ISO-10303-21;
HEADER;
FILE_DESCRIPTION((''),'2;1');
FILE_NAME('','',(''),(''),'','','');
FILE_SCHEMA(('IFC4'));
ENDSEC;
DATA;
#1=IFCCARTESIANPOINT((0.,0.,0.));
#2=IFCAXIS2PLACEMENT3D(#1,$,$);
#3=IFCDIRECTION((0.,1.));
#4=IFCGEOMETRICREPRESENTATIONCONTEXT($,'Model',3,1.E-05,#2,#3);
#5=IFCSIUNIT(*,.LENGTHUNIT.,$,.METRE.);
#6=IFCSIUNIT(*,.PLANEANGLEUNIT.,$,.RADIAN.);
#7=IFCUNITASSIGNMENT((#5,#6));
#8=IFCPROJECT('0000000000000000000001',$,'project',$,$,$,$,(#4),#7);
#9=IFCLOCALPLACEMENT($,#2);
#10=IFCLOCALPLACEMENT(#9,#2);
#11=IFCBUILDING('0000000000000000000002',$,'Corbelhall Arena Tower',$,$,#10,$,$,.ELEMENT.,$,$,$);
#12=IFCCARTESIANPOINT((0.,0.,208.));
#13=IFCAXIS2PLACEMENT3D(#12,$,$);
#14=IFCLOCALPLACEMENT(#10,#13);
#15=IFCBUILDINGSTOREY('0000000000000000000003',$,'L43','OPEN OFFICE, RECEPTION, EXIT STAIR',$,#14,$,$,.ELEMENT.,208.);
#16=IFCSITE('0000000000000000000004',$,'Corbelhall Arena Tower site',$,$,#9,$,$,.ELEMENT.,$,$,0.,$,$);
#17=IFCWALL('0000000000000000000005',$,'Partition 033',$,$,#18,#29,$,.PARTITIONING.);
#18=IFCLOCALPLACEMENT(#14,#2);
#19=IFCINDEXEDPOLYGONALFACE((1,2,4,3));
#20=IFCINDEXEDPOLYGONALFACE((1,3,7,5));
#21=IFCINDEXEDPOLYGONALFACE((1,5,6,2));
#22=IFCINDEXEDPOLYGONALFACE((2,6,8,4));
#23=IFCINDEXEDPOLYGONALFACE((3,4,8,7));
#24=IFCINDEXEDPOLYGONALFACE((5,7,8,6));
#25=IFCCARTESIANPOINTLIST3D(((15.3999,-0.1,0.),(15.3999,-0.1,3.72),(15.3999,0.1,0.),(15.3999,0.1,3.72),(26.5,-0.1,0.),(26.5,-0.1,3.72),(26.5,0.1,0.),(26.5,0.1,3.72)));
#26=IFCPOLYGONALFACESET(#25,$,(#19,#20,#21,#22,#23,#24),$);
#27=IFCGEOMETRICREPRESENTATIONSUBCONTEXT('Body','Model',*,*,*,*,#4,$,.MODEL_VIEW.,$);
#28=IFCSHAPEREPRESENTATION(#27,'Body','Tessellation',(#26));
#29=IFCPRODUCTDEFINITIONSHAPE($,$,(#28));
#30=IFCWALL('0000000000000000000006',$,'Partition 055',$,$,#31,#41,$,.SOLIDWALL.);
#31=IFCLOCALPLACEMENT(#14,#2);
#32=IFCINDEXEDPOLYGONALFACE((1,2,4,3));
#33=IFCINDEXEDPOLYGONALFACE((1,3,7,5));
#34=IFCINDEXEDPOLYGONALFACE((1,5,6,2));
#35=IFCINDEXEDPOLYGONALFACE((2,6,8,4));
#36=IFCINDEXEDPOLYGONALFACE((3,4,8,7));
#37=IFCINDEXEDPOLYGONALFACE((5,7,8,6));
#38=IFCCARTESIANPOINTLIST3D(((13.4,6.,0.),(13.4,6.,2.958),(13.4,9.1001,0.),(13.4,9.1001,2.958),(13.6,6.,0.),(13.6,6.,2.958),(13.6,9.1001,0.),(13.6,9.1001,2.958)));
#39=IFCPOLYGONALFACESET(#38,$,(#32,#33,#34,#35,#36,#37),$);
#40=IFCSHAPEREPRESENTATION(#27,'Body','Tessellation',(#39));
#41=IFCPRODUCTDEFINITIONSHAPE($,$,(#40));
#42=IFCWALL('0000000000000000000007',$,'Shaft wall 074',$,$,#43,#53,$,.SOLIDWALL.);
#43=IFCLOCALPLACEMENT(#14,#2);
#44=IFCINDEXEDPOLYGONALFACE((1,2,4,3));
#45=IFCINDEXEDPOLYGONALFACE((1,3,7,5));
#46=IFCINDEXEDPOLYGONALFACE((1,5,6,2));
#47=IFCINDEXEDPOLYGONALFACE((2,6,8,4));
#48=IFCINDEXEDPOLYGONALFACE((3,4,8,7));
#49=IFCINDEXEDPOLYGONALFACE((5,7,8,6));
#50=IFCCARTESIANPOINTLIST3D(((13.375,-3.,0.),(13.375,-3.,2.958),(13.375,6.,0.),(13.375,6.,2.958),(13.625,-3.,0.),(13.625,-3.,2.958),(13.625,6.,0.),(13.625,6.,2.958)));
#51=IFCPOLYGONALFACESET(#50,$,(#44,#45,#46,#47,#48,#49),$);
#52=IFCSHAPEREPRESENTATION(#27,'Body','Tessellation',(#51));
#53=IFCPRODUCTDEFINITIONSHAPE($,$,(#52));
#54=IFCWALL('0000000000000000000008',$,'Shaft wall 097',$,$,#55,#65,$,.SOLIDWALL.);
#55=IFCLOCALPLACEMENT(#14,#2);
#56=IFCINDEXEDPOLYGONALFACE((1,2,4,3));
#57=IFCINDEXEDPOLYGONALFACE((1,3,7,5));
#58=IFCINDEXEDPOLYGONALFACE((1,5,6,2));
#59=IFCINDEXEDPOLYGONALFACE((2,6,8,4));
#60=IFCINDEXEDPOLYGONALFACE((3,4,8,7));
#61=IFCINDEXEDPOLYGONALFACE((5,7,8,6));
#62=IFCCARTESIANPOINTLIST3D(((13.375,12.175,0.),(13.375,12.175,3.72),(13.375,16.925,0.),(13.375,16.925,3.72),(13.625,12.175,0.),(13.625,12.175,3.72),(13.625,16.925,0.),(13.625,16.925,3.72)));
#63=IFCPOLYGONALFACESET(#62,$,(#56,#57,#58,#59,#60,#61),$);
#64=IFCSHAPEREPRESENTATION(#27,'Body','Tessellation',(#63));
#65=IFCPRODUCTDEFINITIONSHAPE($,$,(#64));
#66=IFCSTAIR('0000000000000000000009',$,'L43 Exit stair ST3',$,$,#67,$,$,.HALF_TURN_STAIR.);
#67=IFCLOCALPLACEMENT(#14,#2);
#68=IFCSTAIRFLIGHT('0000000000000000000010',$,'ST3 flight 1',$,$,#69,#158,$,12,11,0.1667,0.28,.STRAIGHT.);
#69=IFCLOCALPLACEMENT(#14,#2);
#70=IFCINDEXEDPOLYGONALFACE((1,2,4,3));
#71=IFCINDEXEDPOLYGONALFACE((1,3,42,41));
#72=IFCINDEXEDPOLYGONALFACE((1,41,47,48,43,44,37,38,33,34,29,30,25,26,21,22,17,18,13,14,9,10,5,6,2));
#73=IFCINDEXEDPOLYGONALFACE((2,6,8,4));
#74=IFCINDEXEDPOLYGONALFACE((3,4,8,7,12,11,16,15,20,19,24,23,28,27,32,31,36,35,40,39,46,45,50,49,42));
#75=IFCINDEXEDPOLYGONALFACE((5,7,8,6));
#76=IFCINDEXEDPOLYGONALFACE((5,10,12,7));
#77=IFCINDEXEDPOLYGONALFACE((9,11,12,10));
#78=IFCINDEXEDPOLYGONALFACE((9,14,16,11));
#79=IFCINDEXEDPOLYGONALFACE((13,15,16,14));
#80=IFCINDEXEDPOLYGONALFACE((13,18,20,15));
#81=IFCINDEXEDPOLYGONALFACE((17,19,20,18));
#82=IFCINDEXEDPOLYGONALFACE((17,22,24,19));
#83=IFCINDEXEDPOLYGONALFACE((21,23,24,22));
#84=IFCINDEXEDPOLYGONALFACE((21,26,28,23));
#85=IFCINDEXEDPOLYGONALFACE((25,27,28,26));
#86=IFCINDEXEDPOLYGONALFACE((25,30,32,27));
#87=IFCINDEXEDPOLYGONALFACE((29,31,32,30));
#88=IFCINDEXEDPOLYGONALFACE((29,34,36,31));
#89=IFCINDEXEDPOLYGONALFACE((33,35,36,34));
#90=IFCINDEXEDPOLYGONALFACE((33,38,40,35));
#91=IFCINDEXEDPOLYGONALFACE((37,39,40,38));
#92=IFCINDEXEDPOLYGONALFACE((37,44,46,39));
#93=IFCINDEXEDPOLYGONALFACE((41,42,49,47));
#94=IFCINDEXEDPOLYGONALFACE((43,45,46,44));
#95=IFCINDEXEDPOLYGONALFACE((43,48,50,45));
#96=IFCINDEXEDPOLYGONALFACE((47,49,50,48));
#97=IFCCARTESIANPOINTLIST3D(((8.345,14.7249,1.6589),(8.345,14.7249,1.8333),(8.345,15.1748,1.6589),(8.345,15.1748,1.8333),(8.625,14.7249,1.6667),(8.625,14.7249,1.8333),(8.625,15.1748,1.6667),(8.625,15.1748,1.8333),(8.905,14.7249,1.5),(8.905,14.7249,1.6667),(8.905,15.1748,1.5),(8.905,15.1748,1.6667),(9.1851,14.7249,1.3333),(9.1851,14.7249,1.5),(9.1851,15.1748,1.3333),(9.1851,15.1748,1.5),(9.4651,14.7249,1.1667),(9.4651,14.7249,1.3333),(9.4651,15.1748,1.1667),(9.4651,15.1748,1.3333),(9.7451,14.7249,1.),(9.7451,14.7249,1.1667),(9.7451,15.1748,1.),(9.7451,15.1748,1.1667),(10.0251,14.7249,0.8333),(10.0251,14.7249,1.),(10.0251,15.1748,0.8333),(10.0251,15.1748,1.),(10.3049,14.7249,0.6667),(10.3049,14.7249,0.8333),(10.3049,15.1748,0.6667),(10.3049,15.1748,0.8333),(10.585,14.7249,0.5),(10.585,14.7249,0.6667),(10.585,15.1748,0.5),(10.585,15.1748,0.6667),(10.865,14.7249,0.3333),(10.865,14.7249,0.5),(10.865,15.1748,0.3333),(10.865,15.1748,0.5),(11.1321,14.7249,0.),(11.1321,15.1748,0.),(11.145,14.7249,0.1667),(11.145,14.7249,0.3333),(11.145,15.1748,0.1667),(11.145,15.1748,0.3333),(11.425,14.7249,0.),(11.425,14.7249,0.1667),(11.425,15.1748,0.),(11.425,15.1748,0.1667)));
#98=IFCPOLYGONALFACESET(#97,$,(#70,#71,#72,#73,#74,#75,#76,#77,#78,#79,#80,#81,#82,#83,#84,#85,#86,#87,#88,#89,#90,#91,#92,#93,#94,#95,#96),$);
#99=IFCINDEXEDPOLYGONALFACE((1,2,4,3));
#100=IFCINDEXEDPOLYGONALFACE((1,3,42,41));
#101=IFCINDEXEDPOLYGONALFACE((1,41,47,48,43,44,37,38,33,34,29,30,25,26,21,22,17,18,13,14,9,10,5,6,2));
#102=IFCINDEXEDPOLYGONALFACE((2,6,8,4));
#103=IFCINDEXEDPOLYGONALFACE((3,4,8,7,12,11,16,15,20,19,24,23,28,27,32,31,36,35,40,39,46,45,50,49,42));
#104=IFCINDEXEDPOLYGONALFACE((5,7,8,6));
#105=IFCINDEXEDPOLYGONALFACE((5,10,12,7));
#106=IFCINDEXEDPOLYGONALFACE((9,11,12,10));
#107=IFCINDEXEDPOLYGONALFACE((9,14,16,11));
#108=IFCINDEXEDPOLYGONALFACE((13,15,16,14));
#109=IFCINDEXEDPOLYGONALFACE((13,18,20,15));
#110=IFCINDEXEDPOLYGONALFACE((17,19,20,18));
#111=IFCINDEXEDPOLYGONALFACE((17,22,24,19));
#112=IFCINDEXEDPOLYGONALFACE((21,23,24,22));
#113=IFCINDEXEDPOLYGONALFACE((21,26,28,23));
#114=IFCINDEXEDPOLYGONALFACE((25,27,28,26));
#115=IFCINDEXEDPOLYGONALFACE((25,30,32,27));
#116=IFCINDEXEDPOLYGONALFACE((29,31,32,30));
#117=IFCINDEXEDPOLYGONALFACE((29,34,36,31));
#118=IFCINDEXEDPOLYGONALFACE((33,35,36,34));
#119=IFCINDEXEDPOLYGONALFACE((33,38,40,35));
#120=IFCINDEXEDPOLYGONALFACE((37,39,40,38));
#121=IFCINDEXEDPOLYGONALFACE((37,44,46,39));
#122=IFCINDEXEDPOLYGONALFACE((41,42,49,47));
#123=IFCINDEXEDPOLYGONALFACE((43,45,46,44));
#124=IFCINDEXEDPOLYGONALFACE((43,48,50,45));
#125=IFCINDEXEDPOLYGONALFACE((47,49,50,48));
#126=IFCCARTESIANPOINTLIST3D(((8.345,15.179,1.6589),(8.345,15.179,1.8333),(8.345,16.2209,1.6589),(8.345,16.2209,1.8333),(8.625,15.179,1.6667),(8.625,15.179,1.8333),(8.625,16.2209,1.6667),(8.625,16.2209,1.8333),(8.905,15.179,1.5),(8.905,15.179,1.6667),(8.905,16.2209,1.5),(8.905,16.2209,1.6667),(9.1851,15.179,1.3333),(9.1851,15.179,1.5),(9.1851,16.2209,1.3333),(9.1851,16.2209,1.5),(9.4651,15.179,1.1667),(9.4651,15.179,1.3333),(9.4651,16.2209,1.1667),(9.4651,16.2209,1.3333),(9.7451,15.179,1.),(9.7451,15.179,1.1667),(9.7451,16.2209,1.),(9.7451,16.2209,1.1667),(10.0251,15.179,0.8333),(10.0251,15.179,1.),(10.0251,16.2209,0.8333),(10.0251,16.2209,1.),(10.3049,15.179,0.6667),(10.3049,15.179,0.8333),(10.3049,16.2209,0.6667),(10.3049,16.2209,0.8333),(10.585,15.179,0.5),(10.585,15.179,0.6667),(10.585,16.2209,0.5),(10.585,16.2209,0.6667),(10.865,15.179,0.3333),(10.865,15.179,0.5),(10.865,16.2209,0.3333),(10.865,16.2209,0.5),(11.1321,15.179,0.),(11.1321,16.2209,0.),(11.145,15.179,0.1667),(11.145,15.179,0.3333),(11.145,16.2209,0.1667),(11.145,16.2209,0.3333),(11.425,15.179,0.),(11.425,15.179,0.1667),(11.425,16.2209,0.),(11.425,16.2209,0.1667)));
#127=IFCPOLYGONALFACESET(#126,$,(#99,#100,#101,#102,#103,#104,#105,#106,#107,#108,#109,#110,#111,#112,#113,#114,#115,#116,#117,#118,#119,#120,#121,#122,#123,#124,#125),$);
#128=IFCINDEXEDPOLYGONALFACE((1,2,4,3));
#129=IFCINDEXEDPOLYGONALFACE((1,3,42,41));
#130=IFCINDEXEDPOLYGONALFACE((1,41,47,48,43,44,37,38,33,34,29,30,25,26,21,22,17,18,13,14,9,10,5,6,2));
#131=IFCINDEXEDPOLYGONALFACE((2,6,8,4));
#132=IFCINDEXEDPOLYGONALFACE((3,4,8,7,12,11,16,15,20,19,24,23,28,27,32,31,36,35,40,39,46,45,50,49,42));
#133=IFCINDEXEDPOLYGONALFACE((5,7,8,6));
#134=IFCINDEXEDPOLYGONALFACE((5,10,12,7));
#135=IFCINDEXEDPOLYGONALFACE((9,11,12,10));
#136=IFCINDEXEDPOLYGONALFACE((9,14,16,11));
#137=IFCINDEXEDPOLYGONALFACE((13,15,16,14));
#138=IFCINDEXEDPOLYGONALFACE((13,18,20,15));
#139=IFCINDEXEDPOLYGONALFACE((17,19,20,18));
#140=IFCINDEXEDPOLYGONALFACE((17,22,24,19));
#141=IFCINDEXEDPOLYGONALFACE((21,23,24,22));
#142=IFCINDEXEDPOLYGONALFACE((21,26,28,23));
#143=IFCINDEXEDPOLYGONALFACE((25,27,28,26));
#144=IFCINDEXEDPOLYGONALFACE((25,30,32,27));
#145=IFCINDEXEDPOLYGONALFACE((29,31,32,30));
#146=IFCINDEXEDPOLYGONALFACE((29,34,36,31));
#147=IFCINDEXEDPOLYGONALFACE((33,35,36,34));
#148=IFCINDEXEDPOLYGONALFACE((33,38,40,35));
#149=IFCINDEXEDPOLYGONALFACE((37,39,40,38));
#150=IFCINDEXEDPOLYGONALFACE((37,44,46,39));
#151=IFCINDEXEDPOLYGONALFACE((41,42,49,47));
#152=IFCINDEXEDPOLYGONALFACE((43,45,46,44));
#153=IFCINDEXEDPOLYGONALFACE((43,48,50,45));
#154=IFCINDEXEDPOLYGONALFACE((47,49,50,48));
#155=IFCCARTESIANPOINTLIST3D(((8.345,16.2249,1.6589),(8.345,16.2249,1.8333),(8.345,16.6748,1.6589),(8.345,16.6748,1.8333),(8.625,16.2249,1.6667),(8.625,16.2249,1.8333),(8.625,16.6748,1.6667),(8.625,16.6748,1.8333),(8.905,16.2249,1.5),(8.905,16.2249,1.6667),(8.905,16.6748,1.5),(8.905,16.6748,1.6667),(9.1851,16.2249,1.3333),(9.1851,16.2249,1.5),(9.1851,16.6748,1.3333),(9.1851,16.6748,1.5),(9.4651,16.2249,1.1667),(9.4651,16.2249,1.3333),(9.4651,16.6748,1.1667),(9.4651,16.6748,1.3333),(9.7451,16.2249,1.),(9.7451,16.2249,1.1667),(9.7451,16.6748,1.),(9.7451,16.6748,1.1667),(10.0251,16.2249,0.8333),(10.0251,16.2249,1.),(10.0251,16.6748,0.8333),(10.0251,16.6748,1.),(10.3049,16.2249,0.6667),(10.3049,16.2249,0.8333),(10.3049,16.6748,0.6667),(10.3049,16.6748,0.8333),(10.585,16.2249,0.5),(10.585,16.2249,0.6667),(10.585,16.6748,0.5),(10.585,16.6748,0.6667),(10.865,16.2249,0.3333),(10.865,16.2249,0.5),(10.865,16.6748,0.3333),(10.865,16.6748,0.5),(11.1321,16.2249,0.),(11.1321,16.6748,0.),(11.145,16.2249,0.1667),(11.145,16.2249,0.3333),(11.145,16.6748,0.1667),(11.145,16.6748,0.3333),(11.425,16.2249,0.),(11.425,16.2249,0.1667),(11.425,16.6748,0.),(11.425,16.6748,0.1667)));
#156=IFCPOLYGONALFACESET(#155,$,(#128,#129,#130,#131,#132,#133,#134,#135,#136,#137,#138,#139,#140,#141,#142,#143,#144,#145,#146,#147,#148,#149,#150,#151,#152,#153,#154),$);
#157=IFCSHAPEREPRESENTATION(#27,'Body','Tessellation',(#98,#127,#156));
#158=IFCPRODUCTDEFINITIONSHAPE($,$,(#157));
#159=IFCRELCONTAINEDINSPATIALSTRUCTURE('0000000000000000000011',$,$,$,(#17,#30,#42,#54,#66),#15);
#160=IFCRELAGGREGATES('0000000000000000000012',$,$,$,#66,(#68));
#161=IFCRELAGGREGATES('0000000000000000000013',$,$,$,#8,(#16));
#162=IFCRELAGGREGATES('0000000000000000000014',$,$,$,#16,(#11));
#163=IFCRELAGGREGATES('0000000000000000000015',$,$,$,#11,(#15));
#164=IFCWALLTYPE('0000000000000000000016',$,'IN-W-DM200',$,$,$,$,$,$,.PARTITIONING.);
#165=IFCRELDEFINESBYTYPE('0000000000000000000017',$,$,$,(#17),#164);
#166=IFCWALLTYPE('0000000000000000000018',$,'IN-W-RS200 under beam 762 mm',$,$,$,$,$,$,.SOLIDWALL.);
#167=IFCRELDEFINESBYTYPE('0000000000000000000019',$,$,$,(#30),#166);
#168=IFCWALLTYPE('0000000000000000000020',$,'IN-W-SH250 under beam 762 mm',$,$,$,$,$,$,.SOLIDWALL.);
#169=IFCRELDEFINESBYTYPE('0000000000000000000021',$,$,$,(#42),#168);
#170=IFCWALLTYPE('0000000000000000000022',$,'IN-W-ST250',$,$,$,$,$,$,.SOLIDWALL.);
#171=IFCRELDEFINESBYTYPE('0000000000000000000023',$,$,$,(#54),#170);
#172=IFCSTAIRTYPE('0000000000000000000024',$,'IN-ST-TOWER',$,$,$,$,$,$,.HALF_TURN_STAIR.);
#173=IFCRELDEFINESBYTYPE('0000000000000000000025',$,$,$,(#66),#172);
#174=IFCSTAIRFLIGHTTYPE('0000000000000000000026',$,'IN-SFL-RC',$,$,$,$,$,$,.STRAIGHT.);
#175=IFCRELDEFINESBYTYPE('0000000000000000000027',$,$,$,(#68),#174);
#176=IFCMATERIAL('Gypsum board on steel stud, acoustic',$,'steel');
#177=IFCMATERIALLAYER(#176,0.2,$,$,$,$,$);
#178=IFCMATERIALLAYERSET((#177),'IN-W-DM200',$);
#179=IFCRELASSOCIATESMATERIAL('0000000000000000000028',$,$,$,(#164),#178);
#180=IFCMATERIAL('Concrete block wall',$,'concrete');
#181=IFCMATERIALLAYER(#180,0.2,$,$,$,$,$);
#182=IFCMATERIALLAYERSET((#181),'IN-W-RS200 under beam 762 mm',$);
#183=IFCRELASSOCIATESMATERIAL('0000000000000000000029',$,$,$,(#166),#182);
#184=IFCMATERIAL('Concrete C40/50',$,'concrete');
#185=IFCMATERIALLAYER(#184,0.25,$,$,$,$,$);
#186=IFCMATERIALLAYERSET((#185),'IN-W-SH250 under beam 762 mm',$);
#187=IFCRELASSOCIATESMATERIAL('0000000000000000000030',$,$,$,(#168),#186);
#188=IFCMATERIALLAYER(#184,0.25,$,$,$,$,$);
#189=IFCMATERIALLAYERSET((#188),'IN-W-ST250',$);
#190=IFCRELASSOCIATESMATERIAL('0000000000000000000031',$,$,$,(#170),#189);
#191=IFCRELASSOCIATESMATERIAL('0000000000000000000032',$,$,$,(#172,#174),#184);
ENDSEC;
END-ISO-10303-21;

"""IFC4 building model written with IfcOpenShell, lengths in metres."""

from ifc_helpers import new_model, si_unit, direction, frame, frame_2d, origin, place, context, subcontext, project, spatial, polyline, rectangle, outline, extrude, material, layer, layer_set, type_object, element, aggregate, save


model = new_model("IFC4")

# Units and contexts
model_context = context("Model", 3, precision=1e-05, world=origin(), true_north=direction((0.0, 1.0)))
body_context = subcontext(model_context, "Body", "Model", "MODEL_VIEW")
ifc_project = project(units=[si_unit("LENGTHUNIT", "METRE"), si_unit("PLANEANGLEUNIT", "RADIAN")], contexts=[model_context])

# Site, building, storey
site_placement = place(None, origin())
site = spatial("IfcSite", under=ifc_project, at=site_placement, Name="Corbelhall Arena Tower site", CompositionType="ELEMENT", RefElevation=0.0)
building_placement = place(site_placement, origin())
building = spatial("IfcBuilding", under=site, at=building_placement, Name="Corbelhall Arena Tower", CompositionType="ELEMENT")
storey_placement = place(building_placement, frame((0.0, 0.0, 208.0)))
storey = spatial("IfcBuildingStorey", under=building, at=storey_placement, Name="L43", Description="OPEN OFFICE, RECEPTION, EXIT STAIR", CompositionType="ELEMENT", Elevation=208.0)

# Shared definitions
ifc_material_1 = material(Name="Gypsum board on steel stud, acoustic", Category="steel")
ifc_layer_1 = layer(ifc_material_1, 0.2)
ifc_layer_set_1 = layer_set([ifc_layer_1], Name="IN-W-DM200")
wall_type_1 = type_object("IfcWallType", Name="IN-W-DM200", PredefinedType="PARTITIONING", material=ifc_layer_set_1)

# Wall
wall_1_placement = place(storey_placement, frame((26.5, 0.0, 0.0), z_axis=(0.0, 0.0, 1.0), x_axis=(-1.0, 0.0, 0.0)))
element("IfcWall", 1, at=wall_1_placement, inside=storey, type_object=wall_type_1, Name="Partition 033", PredefinedType="PARTITIONING", context=body_context, shape_type="SweptSolid", body=[
    extrude(rectangle(XDim=11.1001, YDim=0.2, at=frame_2d((5.55, 0.0))), origin(), (0.0, 0.0, 1.0), 3.72),
])

# Shared definitions
ifc_material_2 = material(Name="Concrete block wall", Category="concrete")

# Walls
ifc_layer_2 = layer(ifc_material_2, 0.2)
ifc_layer_set_2 = layer_set([ifc_layer_2], Name="IN-W-RS200 under beam 762 mm")
wall_type_2 = type_object("IfcWallType", Name="IN-W-RS200 under beam 762 mm", PredefinedType="SOLIDWALL", material=ifc_layer_set_2)
wall_2_placement = place(storey_placement, frame((13.5, 9.1001, 0.0), z_axis=(0.0, 0.0, 1.0), x_axis=(0.0, -1.0, 0.0)))
element("IfcWall", 2, at=wall_2_placement, inside=storey, type_object=wall_type_2, Name="Partition 055", PredefinedType="SOLIDWALL", context=body_context, shape_type="SweptSolid", body=[
    extrude(rectangle(XDim=3.1001, YDim=0.2, at=frame_2d((1.55, 0.0))), origin(), (0.0, 0.0, 1.0), 2.958),
])
ifc_material_3 = material(Name="Concrete C40/50", Category="concrete")
ifc_layer_3 = layer(ifc_material_3, 0.25)
ifc_layer_set_3 = layer_set([ifc_layer_3], Name="IN-W-SH250 under beam 762 mm")
wall_type_3 = type_object("IfcWallType", Name="IN-W-SH250 under beam 762 mm", PredefinedType="SOLIDWALL", material=ifc_layer_set_3)
wall_3_placement = place(storey_placement, frame((13.5, 6.0, 0.0), z_axis=(0.0, 0.0, 1.0), x_axis=(0.0, -1.0, 0.0)))
element("IfcWall", 3, at=wall_3_placement, inside=storey, type_object=wall_type_3, Name="Shaft wall 074", PredefinedType="SOLIDWALL", context=body_context, shape_type="SweptSolid", body=[
    extrude(rectangle(XDim=9.0, YDim=0.25, at=frame_2d((4.5, 0.0))), origin(), (0.0, 0.0, 1.0), 2.958),
])
ifc_layer_4 = layer(ifc_material_3, 0.25)
ifc_layer_set_4 = layer_set([ifc_layer_4], Name="IN-W-ST250")
wall_type_4 = type_object("IfcWallType", Name="IN-W-ST250", PredefinedType="SOLIDWALL", material=ifc_layer_set_4)
wall_4_placement = place(storey_placement, frame((13.5, 12.175, 0.0), z_axis=(0.0, 0.0, 1.0), x_axis=(0.0, 1.0, 0.0)))
element("IfcWall", 4, at=wall_4_placement, inside=storey, type_object=wall_type_4, Name="Shaft wall 097", PredefinedType="SOLIDWALL", context=body_context, shape_type="SweptSolid", body=[
    extrude(rectangle(XDim=4.75, YDim=0.25, at=frame_2d((2.375, 0.0))), origin(), (0.0, 0.0, 1.0), 3.72),
])

# Stair, stair flight
stair_type = type_object("IfcStairType", Name="IN-ST-TOWER", PredefinedType="HALF_TURN_STAIR", material=ifc_material_3)
stair_placement = place(storey_placement, origin())
stair = element("IfcStair", 5, at=stair_placement, inside=storey, type_object=stair_type, Name="L43 Exit stair ST3", PredefinedType="HALF_TURN_STAIR")
stair_flight_type = type_object("IfcStairFlightType", Name="IN-SFL-RC", PredefinedType="STRAIGHT", material=ifc_material_3)
stair_flight_placement = place(storey_placement, frame((11.425, 15.7, 0.0), z_axis=(0.0, 0.0, 1.0), x_axis=(-1.0, 0.0, 0.0)))
stair_flight = element("IfcStairFlight", 6, at=stair_flight_placement, type_object=stair_flight_type, Name="ST3 flight 1", NumberOfRisers=12, NumberOfTreads=11, PredefinedType="STRAIGHT", RiserHeight=0.1667, TreadLength=0.28, context=body_context, shape_type="SweptSolid", body=[
    extrude(outline(polyline([(0.0, 0.0), (0.0, 0.1667), (0.28, 0.1667), (0.28, 0.3333), (0.5601, 0.3333), (0.5601, 0.5), (0.8401, 0.5), (0.8401, 0.6667), (1.1201, 0.6667), (1.1201, 0.8333), (1.3999, 0.8333), (1.3999, 1.0), (1.6799, 1.0), (1.6799, 1.1667), (1.96, 1.1667), (1.96, 1.3333), (2.24, 1.3333), (2.24, 1.5), (2.52, 1.5), (2.52, 1.6667), (2.8, 1.6667), (2.8, 1.8333), (3.0801, 1.8333), (3.0801, 2.0), (3.0801, 1.6589), (0.293, 0.0), (0.0, 0.0)])), frame((0.0, 0.9751, 0.0), z_axis=(0.0, -1.0, 0.0), x_axis=(1.0, 0.0, 0.0)), (0.0, 0.0, 1.0), 0.45),
    extrude(outline(polyline([(0.0, 0.0), (0.0, 0.1667), (0.28, 0.1667), (0.28, 0.3333), (0.5601, 0.3333), (0.5601, 0.5), (0.8401, 0.5), (0.8401, 0.6667), (1.1201, 0.6667), (1.1201, 0.8333), (1.3999, 0.8333), (1.3999, 1.0), (1.6799, 1.0), (1.6799, 1.1667), (1.96, 1.1667), (1.96, 1.3333), (2.24, 1.3333), (2.24, 1.5), (2.52, 1.5), (2.52, 1.6667), (2.8, 1.6667), (2.8, 1.8333), (3.0801, 1.8333), (3.0801, 2.0), (3.0801, 1.6589), (0.293, 0.0), (0.0, 0.0)])), frame((0.0, 0.521, 0.0), z_axis=(0.0, -1.0, 0.0), x_axis=(1.0, 0.0, 0.0)), (0.0, 0.0, 1.0), 1.042),
    extrude(outline(polyline([(0.0, 0.0), (0.0, 0.1667), (0.28, 0.1667), (0.28, 0.3333), (0.5601, 0.3333), (0.5601, 0.5), (0.8401, 0.5), (0.8401, 0.6667), (1.1201, 0.6667), (1.1201, 0.8333), (1.3999, 0.8333), (1.3999, 1.0), (1.6799, 1.0), (1.6799, 1.1667), (1.96, 1.1667), (1.96, 1.3333), (2.24, 1.3333), (2.24, 1.5), (2.52, 1.5), (2.52, 1.6667), (2.8, 1.6667), (2.8, 1.8333), (3.0801, 1.8333), (3.0801, 2.0), (3.0801, 1.6589), (0.293, 0.0), (0.0, 0.0)])), frame((0.0, -0.5249, 0.0), z_axis=(0.0, -1.0, 0.0), x_axis=(1.0, 0.0, 0.0)), (0.0, 0.0, 1.0), 0.45),
])
aggregate(stair, [stair_flight])

save(model, "model.ifc")
